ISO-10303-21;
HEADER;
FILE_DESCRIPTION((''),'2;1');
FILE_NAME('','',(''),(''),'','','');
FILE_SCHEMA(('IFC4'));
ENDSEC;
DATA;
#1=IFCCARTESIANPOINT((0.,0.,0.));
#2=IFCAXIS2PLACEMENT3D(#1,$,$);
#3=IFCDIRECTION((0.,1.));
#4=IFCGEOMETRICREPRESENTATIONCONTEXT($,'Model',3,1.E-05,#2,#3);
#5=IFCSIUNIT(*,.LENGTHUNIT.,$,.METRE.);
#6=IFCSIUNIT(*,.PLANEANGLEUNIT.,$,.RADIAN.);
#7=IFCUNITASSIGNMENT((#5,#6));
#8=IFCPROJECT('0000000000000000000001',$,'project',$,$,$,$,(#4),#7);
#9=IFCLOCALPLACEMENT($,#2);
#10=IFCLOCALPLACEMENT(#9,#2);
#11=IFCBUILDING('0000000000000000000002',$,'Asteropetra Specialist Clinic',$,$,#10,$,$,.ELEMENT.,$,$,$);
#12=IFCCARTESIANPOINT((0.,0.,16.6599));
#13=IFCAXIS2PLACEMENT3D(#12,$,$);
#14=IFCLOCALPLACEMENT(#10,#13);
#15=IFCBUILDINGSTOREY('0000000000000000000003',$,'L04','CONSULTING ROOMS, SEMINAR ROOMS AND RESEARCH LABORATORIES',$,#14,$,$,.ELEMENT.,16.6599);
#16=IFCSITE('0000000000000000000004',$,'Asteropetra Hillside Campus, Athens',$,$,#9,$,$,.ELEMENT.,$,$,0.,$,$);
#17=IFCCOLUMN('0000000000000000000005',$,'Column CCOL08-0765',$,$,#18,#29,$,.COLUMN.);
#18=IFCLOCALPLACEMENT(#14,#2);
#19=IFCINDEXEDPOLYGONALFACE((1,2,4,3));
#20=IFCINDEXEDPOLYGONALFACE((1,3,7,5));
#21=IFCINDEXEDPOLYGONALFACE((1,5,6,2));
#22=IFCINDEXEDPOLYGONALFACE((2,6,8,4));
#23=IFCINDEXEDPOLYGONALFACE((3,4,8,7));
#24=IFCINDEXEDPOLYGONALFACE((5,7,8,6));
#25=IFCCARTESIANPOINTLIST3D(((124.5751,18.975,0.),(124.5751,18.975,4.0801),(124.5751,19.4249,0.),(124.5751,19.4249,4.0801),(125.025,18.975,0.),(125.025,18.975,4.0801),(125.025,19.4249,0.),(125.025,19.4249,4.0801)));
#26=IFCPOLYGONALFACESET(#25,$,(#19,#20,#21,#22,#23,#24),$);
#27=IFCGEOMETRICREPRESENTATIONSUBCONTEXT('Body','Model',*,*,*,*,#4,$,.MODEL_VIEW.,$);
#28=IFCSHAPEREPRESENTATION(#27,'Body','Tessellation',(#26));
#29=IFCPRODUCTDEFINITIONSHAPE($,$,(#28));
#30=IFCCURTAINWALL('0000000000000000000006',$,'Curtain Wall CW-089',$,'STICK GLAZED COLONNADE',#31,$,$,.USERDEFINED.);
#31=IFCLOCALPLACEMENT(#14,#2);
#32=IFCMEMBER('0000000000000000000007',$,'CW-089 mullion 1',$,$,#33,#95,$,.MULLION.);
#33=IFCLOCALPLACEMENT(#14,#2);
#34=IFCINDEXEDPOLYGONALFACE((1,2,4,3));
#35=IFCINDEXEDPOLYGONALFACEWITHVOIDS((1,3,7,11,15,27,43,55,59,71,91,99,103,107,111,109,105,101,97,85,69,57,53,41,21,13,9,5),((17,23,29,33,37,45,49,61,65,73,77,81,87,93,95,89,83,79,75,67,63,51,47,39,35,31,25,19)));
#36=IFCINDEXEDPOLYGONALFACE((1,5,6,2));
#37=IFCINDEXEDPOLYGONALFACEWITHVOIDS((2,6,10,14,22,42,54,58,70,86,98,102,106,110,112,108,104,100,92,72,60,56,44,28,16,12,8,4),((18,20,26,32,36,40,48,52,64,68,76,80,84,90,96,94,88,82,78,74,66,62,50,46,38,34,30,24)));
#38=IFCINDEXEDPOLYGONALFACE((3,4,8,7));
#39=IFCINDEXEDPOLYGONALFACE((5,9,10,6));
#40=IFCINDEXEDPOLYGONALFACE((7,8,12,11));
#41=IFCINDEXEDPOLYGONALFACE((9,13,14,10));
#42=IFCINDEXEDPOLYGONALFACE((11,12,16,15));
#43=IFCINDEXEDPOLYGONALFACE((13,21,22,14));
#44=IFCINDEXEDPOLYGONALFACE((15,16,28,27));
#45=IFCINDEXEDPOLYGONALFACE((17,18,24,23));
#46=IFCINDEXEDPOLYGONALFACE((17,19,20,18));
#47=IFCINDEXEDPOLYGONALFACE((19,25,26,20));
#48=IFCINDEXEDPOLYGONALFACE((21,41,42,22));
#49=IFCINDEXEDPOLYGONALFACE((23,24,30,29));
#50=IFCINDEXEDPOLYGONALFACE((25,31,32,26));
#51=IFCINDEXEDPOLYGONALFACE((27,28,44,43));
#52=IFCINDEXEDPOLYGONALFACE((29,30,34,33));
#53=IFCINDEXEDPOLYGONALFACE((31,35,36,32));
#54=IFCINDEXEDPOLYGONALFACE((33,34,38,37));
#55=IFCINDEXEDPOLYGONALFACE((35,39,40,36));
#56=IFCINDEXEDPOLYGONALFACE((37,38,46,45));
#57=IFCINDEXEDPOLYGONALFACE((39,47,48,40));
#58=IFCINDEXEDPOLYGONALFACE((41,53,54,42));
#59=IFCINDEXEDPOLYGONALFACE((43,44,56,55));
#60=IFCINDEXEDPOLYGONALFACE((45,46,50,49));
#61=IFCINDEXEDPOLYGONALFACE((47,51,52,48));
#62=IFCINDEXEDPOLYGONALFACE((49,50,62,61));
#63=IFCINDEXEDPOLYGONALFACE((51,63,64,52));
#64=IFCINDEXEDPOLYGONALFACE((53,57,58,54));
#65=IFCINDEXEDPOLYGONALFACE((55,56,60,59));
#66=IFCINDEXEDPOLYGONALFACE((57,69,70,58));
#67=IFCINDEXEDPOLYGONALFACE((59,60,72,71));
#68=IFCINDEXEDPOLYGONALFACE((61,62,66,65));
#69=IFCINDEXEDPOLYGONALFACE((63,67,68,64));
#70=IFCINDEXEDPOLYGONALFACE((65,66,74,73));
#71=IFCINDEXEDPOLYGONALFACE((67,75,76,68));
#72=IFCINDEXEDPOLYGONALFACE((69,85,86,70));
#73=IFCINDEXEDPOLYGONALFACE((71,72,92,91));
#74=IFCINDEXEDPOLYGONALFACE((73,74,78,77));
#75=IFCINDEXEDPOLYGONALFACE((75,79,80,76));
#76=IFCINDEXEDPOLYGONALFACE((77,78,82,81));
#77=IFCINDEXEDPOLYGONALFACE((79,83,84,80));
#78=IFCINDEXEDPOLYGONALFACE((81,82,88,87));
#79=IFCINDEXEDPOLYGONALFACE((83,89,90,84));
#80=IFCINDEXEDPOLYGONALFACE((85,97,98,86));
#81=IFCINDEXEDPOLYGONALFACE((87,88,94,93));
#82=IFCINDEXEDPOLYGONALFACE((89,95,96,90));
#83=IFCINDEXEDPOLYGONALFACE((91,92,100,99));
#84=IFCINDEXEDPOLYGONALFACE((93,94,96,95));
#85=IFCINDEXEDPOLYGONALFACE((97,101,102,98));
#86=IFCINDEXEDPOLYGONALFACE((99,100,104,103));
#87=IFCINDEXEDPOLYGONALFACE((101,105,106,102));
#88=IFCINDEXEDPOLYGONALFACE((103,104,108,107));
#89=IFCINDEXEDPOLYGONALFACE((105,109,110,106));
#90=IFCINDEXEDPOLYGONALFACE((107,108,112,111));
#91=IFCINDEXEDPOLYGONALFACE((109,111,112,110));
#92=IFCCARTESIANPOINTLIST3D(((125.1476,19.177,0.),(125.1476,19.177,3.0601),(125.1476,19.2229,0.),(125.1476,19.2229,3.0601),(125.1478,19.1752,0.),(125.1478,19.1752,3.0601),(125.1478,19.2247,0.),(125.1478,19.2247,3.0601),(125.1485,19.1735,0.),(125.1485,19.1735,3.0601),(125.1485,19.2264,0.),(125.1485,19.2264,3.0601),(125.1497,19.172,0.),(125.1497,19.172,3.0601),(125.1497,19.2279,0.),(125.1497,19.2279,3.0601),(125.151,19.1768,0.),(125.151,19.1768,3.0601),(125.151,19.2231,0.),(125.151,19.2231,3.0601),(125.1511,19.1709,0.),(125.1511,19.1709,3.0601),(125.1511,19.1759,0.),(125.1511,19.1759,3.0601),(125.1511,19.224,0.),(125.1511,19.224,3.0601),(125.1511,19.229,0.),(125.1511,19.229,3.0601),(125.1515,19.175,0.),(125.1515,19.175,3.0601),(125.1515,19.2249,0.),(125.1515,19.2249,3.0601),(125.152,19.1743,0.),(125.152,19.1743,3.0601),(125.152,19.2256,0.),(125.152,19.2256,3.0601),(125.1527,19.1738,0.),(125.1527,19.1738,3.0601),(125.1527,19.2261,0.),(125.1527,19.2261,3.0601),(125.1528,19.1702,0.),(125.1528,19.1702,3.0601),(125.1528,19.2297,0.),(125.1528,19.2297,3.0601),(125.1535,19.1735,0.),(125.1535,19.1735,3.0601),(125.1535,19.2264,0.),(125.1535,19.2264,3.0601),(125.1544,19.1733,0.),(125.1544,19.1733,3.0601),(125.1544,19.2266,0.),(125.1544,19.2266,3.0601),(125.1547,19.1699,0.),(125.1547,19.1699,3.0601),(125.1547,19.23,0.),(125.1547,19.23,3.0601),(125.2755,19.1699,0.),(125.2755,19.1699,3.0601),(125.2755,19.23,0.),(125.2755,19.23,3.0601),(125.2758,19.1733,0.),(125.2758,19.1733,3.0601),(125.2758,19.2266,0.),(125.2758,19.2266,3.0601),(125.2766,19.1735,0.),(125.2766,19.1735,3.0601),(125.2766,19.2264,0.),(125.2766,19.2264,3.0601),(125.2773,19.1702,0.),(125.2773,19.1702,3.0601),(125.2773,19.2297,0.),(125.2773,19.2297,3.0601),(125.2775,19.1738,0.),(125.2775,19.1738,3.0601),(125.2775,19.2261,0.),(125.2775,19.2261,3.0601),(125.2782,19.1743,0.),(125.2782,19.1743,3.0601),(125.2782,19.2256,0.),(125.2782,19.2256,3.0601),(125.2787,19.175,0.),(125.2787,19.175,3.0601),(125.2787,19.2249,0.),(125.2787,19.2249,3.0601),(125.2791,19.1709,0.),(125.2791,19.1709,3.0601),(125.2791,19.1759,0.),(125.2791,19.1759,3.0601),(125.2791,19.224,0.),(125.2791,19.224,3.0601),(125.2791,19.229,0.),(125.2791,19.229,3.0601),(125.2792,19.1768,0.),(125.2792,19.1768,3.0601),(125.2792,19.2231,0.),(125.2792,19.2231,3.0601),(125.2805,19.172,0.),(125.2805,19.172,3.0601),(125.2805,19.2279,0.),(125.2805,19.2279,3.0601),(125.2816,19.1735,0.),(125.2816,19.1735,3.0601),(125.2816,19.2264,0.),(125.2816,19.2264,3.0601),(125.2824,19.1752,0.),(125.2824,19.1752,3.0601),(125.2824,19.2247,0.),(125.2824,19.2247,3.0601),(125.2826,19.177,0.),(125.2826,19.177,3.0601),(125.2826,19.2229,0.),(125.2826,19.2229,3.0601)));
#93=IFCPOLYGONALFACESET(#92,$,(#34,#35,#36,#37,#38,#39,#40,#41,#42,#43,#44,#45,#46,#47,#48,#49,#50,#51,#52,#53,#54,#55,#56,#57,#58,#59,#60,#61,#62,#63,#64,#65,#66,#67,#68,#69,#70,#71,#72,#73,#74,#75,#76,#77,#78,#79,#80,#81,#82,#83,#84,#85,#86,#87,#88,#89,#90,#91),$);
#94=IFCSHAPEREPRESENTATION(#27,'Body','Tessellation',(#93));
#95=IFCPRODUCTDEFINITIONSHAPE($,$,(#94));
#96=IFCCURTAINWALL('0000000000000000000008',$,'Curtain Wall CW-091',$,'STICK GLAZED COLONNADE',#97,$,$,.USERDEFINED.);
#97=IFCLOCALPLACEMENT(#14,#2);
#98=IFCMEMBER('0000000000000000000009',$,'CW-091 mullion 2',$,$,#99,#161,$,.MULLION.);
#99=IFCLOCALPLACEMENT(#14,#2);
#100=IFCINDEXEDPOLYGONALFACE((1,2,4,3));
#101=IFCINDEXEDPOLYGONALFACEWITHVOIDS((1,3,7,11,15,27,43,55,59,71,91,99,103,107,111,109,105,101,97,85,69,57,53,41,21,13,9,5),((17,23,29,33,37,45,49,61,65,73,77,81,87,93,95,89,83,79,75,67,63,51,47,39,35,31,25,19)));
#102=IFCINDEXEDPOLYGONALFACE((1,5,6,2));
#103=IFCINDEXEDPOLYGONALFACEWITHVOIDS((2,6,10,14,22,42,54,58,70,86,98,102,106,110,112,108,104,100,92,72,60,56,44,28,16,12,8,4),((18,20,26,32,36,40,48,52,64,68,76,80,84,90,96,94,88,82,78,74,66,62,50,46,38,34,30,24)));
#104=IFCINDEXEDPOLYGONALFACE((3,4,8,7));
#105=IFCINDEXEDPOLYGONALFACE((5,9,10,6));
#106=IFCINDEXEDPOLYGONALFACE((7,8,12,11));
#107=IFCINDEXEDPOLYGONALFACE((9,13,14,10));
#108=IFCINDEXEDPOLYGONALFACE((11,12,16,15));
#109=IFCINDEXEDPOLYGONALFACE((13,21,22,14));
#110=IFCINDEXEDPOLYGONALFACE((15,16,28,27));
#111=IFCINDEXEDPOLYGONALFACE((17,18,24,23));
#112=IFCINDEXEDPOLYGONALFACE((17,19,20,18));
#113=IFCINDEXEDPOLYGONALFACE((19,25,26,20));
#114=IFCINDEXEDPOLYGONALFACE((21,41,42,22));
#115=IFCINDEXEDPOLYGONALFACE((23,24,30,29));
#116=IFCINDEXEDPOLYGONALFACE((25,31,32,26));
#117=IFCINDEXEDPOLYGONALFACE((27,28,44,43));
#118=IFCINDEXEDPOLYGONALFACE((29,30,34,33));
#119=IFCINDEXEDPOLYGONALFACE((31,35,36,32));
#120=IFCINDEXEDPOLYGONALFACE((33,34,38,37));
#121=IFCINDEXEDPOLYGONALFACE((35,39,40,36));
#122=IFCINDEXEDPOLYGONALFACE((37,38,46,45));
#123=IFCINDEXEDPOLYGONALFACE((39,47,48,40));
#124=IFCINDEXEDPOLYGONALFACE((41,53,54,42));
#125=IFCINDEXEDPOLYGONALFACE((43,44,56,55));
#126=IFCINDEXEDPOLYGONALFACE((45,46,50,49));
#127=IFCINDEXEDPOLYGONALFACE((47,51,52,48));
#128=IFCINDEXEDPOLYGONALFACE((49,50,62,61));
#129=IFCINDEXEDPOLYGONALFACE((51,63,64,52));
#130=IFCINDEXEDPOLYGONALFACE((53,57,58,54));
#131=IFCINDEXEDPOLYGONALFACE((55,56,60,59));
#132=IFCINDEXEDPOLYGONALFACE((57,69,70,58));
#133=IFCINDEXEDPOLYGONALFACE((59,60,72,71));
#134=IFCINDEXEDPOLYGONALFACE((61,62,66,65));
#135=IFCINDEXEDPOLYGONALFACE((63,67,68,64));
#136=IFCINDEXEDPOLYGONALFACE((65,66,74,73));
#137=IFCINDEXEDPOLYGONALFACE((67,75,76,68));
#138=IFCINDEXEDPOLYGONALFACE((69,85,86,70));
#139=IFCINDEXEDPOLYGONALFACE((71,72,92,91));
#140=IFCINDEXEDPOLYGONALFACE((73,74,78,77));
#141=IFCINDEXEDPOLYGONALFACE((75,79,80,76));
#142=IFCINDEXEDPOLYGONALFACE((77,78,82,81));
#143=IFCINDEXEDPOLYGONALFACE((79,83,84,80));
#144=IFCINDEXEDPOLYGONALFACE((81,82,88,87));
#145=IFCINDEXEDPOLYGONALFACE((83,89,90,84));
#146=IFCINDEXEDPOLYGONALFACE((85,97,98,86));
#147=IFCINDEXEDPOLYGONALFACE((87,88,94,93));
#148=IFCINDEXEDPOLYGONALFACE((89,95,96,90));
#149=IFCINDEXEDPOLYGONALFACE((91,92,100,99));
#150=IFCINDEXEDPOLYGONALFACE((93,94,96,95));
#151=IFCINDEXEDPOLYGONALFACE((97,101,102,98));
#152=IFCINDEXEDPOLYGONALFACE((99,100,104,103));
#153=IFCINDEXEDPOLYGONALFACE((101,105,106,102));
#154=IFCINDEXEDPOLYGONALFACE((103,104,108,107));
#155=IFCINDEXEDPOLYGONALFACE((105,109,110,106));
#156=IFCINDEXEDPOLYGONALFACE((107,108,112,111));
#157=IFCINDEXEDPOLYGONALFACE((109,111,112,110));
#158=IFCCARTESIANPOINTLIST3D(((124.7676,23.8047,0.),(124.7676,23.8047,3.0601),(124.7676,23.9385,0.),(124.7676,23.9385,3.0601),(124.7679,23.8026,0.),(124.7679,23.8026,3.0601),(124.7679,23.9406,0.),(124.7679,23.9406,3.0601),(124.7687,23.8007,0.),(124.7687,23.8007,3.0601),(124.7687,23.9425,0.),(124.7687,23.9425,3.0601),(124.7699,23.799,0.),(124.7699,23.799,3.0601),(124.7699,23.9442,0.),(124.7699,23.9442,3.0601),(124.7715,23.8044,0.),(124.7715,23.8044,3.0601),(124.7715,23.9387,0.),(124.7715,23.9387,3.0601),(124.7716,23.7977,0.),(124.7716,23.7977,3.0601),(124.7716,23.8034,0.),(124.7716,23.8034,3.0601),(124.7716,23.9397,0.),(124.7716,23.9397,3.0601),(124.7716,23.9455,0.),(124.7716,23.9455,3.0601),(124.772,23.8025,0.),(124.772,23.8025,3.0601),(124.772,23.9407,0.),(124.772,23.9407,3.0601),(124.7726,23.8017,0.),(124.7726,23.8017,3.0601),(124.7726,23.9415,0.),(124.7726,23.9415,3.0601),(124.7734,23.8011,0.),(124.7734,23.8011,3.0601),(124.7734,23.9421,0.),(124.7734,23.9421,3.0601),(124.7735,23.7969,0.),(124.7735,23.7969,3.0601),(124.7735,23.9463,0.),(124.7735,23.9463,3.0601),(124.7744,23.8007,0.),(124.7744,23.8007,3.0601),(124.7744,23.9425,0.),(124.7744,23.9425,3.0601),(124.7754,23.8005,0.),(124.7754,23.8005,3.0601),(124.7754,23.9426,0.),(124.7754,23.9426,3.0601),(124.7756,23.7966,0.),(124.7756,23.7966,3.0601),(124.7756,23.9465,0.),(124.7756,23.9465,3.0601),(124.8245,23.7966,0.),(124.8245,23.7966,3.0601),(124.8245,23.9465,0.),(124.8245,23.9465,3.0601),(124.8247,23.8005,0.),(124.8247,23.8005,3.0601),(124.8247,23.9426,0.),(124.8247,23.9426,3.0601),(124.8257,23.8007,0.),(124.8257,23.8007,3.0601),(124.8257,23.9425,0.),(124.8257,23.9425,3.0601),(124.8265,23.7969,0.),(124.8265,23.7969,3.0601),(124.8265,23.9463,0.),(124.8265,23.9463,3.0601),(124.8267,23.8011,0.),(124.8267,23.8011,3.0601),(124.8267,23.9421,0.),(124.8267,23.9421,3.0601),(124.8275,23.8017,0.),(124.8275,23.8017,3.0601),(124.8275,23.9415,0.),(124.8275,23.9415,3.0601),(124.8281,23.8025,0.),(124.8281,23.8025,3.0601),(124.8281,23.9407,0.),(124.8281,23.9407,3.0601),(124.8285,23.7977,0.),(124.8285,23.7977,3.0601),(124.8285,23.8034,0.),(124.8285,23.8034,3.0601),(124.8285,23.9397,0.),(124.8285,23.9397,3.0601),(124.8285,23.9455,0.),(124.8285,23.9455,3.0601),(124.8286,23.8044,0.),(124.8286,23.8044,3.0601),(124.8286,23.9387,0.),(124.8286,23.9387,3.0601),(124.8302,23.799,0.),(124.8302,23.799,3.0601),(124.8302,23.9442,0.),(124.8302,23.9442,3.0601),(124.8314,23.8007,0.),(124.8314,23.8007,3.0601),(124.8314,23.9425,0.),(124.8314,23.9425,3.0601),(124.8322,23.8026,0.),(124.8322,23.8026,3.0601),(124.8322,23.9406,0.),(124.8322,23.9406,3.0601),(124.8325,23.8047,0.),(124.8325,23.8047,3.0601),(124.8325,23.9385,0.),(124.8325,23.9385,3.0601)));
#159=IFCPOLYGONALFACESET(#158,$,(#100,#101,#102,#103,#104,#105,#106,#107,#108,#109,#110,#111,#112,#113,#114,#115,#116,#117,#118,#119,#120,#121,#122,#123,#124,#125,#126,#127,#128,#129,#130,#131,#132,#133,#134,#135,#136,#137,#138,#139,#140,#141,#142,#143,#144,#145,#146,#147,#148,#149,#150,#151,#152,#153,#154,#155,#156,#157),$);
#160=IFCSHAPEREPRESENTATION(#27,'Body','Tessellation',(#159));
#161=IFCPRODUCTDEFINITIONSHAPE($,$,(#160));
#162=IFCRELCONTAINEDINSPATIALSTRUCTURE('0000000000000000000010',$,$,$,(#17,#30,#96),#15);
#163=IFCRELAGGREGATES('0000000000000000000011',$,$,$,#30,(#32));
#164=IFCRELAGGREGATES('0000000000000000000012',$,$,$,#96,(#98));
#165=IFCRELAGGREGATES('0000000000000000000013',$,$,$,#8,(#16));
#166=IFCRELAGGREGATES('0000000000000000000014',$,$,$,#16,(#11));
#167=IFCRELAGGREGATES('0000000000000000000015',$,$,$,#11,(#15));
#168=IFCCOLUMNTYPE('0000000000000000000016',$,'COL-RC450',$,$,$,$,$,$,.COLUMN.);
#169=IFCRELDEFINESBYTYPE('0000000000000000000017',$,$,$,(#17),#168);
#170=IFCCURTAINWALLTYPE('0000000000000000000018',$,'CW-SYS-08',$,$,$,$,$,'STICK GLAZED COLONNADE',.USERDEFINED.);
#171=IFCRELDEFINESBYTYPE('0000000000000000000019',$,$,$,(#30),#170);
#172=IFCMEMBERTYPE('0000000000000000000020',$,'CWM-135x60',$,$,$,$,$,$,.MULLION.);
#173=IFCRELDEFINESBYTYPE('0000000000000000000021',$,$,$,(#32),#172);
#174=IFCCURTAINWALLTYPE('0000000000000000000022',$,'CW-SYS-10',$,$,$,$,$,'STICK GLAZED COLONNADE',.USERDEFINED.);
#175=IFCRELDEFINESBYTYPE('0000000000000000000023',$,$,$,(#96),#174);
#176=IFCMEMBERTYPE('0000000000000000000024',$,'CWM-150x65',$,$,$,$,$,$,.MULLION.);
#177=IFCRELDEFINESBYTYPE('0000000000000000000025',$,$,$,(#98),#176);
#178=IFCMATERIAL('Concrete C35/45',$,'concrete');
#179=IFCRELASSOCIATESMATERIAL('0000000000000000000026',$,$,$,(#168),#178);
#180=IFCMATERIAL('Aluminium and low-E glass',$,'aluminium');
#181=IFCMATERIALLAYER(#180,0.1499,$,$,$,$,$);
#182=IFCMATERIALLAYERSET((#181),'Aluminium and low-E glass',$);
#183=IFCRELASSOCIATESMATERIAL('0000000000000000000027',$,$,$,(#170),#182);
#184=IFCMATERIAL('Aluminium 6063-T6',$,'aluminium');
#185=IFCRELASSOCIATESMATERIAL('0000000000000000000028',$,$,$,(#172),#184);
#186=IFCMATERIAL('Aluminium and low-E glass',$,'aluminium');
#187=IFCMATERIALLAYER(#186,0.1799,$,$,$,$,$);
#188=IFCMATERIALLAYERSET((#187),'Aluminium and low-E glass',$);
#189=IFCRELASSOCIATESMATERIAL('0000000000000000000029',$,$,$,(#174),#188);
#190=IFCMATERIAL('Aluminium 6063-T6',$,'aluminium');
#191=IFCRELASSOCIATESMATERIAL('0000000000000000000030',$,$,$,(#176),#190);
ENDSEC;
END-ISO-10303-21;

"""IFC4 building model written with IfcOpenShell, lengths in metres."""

from ifc_helpers import new_model, si_unit, direction, frame, origin, origin_2d, place, context, subcontext, project, spatial, rectangle, hollow_rectangle, extrude, material, layer, layer_set, material_profile, profile_set, type_object, element, aggregate, save


model = new_model("IFC4")

# Units and contexts
model_context = context("Model", 3, precision=1e-05, world=origin(), true_north=direction((0.0, 1.0)))
body_context = subcontext(model_context, "Body", "Model", "MODEL_VIEW")
ifc_project = project(units=[si_unit("LENGTHUNIT", "METRE"), si_unit("PLANEANGLEUNIT", "RADIAN")], contexts=[model_context])

# Site, building, storey
site_placement = place(None, origin())
site = spatial("IfcSite", under=ifc_project, at=site_placement, Name="Asteropetra Hillside Campus, Athens", CompositionType="ELEMENT", RefElevation=0.0)
building_placement = place(site_placement, origin())
building = spatial("IfcBuilding", under=site, at=building_placement, Name="Asteropetra Specialist Clinic", CompositionType="ELEMENT")
storey_placement = place(building_placement, frame((0.0, 0.0, 16.6599)))
storey = spatial("IfcBuildingStorey", under=building, at=storey_placement, Name="L04", Description="CONSULTING ROOMS, SEMINAR ROOMS AND RESEARCH LABORATORIES", CompositionType="ELEMENT", Elevation=16.6599)

# Column
ifc_material_1 = material(Name="Concrete C35/45", Category="concrete")
ifc_material_profile_1 = material_profile(ifc_material_1, rectangle(XDim=0.45, YDim=0.45, at=origin_2d()), Name="RC 450x450")
ifc_profile_set_1 = profile_set([ifc_material_profile_1], Name="Concrete C35/45")
column_type = type_object("IfcColumnType", Name="COL-RC450", PredefinedType="COLUMN", material=ifc_profile_set_1)
column_placement = place(storey_placement, frame((124.8, 19.2, 0.0), z_axis=(0.0, 0.0, 1.0), x_axis=(1.0, 0.0, 0.0)))
element("IfcColumn", 1, at=column_placement, inside=storey, type_object=column_type, Name="Column CCOL08-0765", PredefinedType="COLUMN", context=body_context, shape_type="SweptSolid", body=[
    extrude(rectangle(XDim=0.45, YDim=0.45, at=origin_2d()), origin(), (0.0, 0.0, 1.0), 4.0801),
])

# Curtain wall, member
ifc_material_2 = material(Name="Aluminium and low-E glass", Category="aluminium")
ifc_layer_1 = layer(ifc_material_2, 0.1499)
ifc_layer_set_1 = layer_set([ifc_layer_1], Name="Aluminium and low-E glass")
curtain_wall_type_1 = type_object("IfcCurtainWallType", Name="CW-SYS-08", ElementType="STICK GLAZED COLONNADE", PredefinedType="USERDEFINED", material=ifc_layer_set_1)
curtain_wall_1_placement = place(storey_placement, origin())
curtain_wall_1 = element("IfcCurtainWall", 2, at=curtain_wall_1_placement, inside=storey, type_object=curtain_wall_type_1, Name="Curtain Wall CW-089", ObjectType="STICK GLAZED COLONNADE", PredefinedType="USERDEFINED")
ifc_material_3 = material(Name="Aluminium 6063-T6", Category="aluminium")
ifc_material_profile_2 = material_profile(ifc_material_3, hollow_rectangle(XDim=0.0601, YDim=0.135, WallThickness=0.0034, InnerFilletRadius=0.0034, OuterFilletRadius=0.0071, at=origin_2d()), Name="MUL 135x60x3.5")
ifc_profile_set_2 = profile_set([ifc_material_profile_2], Name="Aluminium 6063-T6")
member_type_1 = type_object("IfcMemberType", Name="CWM-135x60", PredefinedType="MULLION", material=ifc_profile_set_2)
member_1_placement = place(storey_placement, frame((125.2151, 19.2, 0.0), z_axis=(0.0, 0.0, 1.0), x_axis=(0.0, 1.0, 0.0)))
member_1 = element("IfcMember", 3, at=member_1_placement, type_object=member_type_1, Name="CW-089 mullion 1", PredefinedType="MULLION", context=body_context, shape_type="SweptSolid", body=[
    extrude(hollow_rectangle(XDim=0.0601, YDim=0.135, WallThickness=0.0034, InnerFilletRadius=0.0034, OuterFilletRadius=0.0071, at=origin_2d()), origin(), (0.0, 0.0, 1.0), 3.0601),
])

# Curtain wall, member
ifc_material_4 = material(Name="Aluminium and low-E glass", Category="aluminium")
ifc_layer_2 = layer(ifc_material_4, 0.1799)
ifc_layer_set_2 = layer_set([ifc_layer_2], Name="Aluminium and low-E glass")
curtain_wall_type_2 = type_object("IfcCurtainWallType", Name="CW-SYS-10", ElementType="STICK GLAZED COLONNADE", PredefinedType="USERDEFINED", material=ifc_layer_set_2)
curtain_wall_2_placement = place(storey_placement, origin())
curtain_wall_2 = element("IfcCurtainWall", 4, at=curtain_wall_2_placement, inside=storey, type_object=curtain_wall_type_2, Name="Curtain Wall CW-091", ObjectType="STICK GLAZED COLONNADE", PredefinedType="USERDEFINED")
ifc_material_5 = material(Name="Aluminium 6063-T6", Category="aluminium")
ifc_material_profile_3 = material_profile(ifc_material_5, hollow_rectangle(XDim=0.0649, YDim=0.1499, WallThickness=0.0039, InnerFilletRadius=0.0039, OuterFilletRadius=0.0081, at=origin_2d()), Name="MUL 150x65x4.0")
ifc_profile_set_3 = profile_set([ifc_material_profile_3], Name="Aluminium 6063-T6")
member_type_2 = type_object("IfcMemberType", Name="CWM-150x65", PredefinedType="MULLION", material=ifc_profile_set_3)
member_2_placement = place(storey_placement, frame((124.8, 23.8716, 0.0), z_axis=(0.0, 0.0, 1.0), x_axis=(1.0, 0.0, 0.0)))
member_2 = element("IfcMember", 5, at=member_2_placement, type_object=member_type_2, Name="CW-091 mullion 2", PredefinedType="MULLION", context=body_context, shape_type="SweptSolid", body=[
    extrude(hollow_rectangle(XDim=0.0649, YDim=0.1499, WallThickness=0.0039, InnerFilletRadius=0.0039, OuterFilletRadius=0.0081, at=origin_2d()), origin(), (0.0, 0.0, 1.0), 3.0601),
])

aggregate(curtain_wall_1, [member_1])

aggregate(curtain_wall_2, [member_2])

save(model, "model.ifc")
